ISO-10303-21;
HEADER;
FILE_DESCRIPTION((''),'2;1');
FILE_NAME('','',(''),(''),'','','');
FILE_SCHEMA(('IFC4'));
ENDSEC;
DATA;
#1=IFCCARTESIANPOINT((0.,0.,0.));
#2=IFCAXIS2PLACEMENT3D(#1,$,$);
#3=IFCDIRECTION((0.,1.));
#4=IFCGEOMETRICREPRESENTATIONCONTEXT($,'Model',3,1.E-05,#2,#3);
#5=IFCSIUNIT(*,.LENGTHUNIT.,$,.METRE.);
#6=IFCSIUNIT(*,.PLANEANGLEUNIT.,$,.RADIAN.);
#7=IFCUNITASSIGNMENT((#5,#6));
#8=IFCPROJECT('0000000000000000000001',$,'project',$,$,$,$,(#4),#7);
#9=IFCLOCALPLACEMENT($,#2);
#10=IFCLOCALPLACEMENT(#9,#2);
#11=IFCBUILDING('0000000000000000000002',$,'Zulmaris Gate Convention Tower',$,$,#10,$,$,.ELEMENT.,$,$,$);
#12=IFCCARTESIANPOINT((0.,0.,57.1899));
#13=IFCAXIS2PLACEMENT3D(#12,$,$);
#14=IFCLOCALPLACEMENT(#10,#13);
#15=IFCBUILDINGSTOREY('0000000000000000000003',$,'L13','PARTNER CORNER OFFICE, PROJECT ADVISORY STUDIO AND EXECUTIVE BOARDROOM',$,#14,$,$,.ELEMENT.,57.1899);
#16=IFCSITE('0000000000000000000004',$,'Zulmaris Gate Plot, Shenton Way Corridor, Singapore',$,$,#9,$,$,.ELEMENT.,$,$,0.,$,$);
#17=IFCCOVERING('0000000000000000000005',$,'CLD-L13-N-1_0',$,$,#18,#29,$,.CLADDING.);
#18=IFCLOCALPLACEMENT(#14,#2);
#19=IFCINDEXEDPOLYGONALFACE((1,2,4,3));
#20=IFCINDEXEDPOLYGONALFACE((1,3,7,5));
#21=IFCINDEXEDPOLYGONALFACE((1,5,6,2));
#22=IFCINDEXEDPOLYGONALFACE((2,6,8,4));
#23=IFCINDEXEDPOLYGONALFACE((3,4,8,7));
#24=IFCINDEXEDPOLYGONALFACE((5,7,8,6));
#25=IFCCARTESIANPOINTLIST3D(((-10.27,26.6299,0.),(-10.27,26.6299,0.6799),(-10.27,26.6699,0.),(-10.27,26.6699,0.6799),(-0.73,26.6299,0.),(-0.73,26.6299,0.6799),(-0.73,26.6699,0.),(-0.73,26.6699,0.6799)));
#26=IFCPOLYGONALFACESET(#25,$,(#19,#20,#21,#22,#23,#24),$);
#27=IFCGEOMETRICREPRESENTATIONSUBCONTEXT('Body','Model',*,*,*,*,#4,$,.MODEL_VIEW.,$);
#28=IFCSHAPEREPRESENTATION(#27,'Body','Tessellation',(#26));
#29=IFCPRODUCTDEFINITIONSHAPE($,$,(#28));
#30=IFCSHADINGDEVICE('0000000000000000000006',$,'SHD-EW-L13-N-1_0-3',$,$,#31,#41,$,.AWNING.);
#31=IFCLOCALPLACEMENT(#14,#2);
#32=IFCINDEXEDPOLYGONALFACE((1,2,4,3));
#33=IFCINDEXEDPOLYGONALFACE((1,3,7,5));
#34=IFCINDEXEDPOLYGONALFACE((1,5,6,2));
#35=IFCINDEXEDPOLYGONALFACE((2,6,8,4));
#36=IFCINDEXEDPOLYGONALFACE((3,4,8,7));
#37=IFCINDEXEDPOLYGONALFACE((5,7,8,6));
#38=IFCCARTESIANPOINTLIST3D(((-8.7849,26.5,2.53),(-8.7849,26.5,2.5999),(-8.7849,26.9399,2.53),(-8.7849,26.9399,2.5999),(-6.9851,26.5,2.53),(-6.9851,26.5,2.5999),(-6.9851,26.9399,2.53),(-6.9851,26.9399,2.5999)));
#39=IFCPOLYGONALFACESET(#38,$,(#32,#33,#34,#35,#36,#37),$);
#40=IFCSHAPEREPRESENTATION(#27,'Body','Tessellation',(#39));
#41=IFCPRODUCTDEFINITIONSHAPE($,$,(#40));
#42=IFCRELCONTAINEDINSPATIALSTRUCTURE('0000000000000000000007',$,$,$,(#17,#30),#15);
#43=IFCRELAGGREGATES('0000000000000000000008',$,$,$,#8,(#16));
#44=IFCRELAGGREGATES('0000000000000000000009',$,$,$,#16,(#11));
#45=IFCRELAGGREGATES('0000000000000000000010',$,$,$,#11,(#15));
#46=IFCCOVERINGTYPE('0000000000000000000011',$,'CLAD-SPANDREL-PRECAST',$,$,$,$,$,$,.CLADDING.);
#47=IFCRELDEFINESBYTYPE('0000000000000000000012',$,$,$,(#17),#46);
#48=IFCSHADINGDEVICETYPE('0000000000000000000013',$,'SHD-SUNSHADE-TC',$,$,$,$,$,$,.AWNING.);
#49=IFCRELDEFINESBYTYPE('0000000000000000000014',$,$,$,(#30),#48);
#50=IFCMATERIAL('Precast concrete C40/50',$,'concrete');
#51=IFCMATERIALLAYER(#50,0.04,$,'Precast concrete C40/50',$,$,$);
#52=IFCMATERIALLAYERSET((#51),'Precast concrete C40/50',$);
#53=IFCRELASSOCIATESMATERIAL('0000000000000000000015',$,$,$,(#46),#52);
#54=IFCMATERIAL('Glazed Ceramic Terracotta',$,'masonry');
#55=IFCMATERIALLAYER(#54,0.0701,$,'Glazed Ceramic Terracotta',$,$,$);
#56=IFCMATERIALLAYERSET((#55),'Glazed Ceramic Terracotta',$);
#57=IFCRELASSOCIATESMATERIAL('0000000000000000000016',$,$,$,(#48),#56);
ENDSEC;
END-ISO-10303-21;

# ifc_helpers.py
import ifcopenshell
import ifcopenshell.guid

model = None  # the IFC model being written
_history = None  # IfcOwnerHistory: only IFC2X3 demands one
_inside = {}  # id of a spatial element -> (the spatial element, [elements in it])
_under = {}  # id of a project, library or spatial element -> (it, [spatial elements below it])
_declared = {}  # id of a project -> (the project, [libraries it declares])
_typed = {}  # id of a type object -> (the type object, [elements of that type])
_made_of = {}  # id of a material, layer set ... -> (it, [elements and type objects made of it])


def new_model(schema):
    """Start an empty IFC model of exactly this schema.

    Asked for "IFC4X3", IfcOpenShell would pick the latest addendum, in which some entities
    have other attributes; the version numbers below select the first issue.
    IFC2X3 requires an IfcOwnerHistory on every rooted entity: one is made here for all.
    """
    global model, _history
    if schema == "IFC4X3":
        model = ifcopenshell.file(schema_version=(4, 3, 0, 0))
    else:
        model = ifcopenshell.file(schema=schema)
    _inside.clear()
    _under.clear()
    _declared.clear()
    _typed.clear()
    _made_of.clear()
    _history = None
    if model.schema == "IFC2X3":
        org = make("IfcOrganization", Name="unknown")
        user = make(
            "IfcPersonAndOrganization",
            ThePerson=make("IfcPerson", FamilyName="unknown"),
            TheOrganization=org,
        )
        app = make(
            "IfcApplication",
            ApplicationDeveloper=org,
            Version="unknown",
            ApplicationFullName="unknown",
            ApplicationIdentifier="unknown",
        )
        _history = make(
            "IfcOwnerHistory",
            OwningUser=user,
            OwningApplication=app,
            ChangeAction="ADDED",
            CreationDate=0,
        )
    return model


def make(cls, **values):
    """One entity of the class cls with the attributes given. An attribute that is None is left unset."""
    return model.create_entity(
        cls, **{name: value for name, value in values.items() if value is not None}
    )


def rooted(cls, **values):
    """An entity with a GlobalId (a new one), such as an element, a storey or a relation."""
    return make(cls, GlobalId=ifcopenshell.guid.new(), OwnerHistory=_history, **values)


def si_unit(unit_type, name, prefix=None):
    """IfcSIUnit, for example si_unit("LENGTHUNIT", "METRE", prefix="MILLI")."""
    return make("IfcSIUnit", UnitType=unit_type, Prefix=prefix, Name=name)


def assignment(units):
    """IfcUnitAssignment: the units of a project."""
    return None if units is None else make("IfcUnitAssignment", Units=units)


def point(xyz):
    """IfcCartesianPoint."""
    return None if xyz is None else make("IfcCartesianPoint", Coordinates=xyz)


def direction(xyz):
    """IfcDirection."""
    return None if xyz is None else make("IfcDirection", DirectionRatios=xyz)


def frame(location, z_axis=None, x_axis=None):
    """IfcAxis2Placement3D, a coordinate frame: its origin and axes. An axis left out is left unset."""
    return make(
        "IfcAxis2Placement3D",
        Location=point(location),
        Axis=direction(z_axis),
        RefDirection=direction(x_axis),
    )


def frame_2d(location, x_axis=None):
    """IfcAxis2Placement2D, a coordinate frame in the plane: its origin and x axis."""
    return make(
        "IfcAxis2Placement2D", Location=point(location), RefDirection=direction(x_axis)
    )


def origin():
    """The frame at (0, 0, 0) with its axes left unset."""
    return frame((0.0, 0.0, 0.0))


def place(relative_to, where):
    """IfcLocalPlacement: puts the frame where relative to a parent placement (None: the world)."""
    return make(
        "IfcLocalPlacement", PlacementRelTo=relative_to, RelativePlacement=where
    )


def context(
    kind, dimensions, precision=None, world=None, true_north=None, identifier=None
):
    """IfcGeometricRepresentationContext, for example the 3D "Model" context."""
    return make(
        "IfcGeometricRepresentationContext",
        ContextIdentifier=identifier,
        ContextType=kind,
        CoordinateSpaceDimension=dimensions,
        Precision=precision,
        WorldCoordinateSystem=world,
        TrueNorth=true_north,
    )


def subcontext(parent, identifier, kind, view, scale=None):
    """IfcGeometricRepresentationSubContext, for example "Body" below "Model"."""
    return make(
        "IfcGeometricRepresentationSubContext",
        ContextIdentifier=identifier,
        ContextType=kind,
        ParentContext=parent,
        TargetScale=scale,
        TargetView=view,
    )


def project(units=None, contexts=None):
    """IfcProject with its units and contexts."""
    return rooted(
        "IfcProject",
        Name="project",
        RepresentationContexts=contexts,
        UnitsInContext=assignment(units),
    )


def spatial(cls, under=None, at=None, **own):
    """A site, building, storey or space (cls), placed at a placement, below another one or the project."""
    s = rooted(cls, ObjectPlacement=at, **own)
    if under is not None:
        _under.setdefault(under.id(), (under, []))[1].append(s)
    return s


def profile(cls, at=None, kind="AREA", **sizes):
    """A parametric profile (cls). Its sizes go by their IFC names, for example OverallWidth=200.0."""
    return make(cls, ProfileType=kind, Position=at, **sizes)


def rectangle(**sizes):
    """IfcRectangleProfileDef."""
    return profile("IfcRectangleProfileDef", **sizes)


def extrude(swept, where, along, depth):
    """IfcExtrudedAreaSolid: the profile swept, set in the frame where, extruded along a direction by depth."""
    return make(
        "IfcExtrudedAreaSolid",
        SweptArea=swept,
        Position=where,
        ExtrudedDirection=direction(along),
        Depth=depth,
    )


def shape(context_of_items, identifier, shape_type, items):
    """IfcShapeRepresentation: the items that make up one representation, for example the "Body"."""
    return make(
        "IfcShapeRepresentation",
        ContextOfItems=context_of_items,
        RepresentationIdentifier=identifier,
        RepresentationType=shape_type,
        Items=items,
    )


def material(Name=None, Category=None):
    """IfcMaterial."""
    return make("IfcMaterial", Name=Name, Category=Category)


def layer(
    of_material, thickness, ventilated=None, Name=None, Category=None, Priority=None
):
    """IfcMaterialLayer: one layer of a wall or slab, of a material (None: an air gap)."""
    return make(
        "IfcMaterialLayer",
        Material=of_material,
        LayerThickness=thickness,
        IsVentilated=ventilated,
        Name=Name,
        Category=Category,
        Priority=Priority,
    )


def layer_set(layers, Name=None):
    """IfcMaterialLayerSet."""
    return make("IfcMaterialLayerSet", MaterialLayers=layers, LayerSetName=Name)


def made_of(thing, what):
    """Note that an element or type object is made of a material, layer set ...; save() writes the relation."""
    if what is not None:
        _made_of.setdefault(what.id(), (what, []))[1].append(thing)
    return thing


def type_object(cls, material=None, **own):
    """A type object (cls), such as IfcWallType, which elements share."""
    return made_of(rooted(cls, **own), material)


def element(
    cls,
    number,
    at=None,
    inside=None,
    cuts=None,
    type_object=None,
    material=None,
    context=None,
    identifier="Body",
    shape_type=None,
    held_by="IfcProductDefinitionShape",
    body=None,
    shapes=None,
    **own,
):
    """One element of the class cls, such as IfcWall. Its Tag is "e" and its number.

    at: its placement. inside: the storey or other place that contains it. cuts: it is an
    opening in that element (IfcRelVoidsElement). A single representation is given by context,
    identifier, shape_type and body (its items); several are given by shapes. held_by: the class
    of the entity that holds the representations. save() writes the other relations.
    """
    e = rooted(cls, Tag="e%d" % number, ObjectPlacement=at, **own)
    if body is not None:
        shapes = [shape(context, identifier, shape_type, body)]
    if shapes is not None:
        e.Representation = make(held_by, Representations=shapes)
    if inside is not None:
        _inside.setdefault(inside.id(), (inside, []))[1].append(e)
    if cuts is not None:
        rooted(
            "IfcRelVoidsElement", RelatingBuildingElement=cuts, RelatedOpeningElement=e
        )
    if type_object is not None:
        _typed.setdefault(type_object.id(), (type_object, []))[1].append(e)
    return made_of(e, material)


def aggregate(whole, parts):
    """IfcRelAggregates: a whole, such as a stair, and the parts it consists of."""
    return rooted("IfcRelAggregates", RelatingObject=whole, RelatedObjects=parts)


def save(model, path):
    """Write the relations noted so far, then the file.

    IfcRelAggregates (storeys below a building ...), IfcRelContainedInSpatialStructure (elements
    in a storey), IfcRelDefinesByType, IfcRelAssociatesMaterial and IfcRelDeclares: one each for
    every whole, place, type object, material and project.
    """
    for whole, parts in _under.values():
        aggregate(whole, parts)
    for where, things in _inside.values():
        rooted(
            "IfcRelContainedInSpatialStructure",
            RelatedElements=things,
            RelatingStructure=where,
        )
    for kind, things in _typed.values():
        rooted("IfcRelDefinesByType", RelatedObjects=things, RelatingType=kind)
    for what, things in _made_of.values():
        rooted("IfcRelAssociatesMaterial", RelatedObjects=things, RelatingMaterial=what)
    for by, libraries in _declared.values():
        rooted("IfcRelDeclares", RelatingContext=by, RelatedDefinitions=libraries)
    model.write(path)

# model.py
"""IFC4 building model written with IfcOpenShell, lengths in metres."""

from ifc_helpers import new_model, si_unit, direction, frame, frame_2d, origin, place, context, subcontext, project, spatial, rectangle, extrude, material, layer, layer_set, type_object, element, save


model = new_model("IFC4")

# Units and contexts
model_context = context("Model", 3, precision=1e-05, world=origin(), true_north=direction((0.0, 1.0)))
body_context = subcontext(model_context, "Body", "Model", "MODEL_VIEW")
ifc_project = project(units=[si_unit("LENGTHUNIT", "METRE"), si_unit("PLANEANGLEUNIT", "RADIAN")], contexts=[model_context])

# Site, building, storey
site_placement = place(None, origin())
site = spatial("IfcSite", under=ifc_project, at=site_placement, Name="Zulmaris Gate Plot, Shenton Way Corridor, Singapore", CompositionType="ELEMENT", RefElevation=0.0)
building_placement = place(site_placement, origin())
building = spatial("IfcBuilding", under=site, at=building_placement, Name="Zulmaris Gate Convention Tower", CompositionType="ELEMENT")
storey_placement = place(building_placement, frame((0.0, 0.0, 57.1899)))
storey = spatial("IfcBuildingStorey", under=building, at=storey_placement, Name="L13", Description="PARTNER CORNER OFFICE, PROJECT ADVISORY STUDIO AND EXECUTIVE BOARDROOM", CompositionType="ELEMENT", Elevation=57.1899)

# Shared definitions
ifc_material_1 = material(Name="Precast concrete C40/50", Category="concrete")

# Covering
ifc_layer_1 = layer(ifc_material_1, 0.04, Name="Precast concrete C40/50")
ifc_layer_set_1 = layer_set([ifc_layer_1], Name="Precast concrete C40/50")
covering_type = type_object("IfcCoveringType", Name="CLAD-SPANDREL-PRECAST", PredefinedType="CLADDING", material=ifc_layer_set_1)
covering_placement = place(storey_placement, frame((-0.73, 26.6499, 0.0), z_axis=(0.0, 0.0, 1.0), x_axis=(-1.0, 0.0, 0.0)))
element("IfcCovering", 1, at=covering_placement, inside=storey, type_object=covering_type, Name="CLD-L13-N-1_0", PredefinedType="CLADDING", context=body_context, shape_type="SweptSolid", body=[
    extrude(rectangle(XDim=9.54, YDim=0.04, at=frame_2d((4.77, 0.0))), origin(), (0.0, 0.0, 1.0), 0.6799),
])

# Shading device
ifc_material_2 = material(Name="Glazed Ceramic Terracotta", Category="masonry")
ifc_layer_2 = layer(ifc_material_2, 0.0701, Name="Glazed Ceramic Terracotta")
ifc_layer_set_2 = layer_set([ifc_layer_2], Name="Glazed Ceramic Terracotta")
shading_device_type = type_object("IfcShadingDeviceType", Name="SHD-SUNSHADE-TC", PredefinedType="AWNING", material=ifc_layer_set_2)
shading_device_placement = place(storey_placement, frame((-6.9851, 26.72, 2.53), z_axis=(0.0, 0.0, 1.0), x_axis=(-1.0, 0.0, 0.0)))
element("IfcShadingDevice", 2, at=shading_device_placement, inside=storey, type_object=shading_device_type, Name="SHD-EW-L13-N-1_0-3", PredefinedType="AWNING", context=body_context, shape_type="SweptSolid", body=[
    extrude(rectangle(XDim=1.7998, YDim=0.4399, at=frame_2d((0.8999, 0.0))), origin(), (0.0, 0.0, 1.0), 0.0698),
])

save(model, "model.ifc")
